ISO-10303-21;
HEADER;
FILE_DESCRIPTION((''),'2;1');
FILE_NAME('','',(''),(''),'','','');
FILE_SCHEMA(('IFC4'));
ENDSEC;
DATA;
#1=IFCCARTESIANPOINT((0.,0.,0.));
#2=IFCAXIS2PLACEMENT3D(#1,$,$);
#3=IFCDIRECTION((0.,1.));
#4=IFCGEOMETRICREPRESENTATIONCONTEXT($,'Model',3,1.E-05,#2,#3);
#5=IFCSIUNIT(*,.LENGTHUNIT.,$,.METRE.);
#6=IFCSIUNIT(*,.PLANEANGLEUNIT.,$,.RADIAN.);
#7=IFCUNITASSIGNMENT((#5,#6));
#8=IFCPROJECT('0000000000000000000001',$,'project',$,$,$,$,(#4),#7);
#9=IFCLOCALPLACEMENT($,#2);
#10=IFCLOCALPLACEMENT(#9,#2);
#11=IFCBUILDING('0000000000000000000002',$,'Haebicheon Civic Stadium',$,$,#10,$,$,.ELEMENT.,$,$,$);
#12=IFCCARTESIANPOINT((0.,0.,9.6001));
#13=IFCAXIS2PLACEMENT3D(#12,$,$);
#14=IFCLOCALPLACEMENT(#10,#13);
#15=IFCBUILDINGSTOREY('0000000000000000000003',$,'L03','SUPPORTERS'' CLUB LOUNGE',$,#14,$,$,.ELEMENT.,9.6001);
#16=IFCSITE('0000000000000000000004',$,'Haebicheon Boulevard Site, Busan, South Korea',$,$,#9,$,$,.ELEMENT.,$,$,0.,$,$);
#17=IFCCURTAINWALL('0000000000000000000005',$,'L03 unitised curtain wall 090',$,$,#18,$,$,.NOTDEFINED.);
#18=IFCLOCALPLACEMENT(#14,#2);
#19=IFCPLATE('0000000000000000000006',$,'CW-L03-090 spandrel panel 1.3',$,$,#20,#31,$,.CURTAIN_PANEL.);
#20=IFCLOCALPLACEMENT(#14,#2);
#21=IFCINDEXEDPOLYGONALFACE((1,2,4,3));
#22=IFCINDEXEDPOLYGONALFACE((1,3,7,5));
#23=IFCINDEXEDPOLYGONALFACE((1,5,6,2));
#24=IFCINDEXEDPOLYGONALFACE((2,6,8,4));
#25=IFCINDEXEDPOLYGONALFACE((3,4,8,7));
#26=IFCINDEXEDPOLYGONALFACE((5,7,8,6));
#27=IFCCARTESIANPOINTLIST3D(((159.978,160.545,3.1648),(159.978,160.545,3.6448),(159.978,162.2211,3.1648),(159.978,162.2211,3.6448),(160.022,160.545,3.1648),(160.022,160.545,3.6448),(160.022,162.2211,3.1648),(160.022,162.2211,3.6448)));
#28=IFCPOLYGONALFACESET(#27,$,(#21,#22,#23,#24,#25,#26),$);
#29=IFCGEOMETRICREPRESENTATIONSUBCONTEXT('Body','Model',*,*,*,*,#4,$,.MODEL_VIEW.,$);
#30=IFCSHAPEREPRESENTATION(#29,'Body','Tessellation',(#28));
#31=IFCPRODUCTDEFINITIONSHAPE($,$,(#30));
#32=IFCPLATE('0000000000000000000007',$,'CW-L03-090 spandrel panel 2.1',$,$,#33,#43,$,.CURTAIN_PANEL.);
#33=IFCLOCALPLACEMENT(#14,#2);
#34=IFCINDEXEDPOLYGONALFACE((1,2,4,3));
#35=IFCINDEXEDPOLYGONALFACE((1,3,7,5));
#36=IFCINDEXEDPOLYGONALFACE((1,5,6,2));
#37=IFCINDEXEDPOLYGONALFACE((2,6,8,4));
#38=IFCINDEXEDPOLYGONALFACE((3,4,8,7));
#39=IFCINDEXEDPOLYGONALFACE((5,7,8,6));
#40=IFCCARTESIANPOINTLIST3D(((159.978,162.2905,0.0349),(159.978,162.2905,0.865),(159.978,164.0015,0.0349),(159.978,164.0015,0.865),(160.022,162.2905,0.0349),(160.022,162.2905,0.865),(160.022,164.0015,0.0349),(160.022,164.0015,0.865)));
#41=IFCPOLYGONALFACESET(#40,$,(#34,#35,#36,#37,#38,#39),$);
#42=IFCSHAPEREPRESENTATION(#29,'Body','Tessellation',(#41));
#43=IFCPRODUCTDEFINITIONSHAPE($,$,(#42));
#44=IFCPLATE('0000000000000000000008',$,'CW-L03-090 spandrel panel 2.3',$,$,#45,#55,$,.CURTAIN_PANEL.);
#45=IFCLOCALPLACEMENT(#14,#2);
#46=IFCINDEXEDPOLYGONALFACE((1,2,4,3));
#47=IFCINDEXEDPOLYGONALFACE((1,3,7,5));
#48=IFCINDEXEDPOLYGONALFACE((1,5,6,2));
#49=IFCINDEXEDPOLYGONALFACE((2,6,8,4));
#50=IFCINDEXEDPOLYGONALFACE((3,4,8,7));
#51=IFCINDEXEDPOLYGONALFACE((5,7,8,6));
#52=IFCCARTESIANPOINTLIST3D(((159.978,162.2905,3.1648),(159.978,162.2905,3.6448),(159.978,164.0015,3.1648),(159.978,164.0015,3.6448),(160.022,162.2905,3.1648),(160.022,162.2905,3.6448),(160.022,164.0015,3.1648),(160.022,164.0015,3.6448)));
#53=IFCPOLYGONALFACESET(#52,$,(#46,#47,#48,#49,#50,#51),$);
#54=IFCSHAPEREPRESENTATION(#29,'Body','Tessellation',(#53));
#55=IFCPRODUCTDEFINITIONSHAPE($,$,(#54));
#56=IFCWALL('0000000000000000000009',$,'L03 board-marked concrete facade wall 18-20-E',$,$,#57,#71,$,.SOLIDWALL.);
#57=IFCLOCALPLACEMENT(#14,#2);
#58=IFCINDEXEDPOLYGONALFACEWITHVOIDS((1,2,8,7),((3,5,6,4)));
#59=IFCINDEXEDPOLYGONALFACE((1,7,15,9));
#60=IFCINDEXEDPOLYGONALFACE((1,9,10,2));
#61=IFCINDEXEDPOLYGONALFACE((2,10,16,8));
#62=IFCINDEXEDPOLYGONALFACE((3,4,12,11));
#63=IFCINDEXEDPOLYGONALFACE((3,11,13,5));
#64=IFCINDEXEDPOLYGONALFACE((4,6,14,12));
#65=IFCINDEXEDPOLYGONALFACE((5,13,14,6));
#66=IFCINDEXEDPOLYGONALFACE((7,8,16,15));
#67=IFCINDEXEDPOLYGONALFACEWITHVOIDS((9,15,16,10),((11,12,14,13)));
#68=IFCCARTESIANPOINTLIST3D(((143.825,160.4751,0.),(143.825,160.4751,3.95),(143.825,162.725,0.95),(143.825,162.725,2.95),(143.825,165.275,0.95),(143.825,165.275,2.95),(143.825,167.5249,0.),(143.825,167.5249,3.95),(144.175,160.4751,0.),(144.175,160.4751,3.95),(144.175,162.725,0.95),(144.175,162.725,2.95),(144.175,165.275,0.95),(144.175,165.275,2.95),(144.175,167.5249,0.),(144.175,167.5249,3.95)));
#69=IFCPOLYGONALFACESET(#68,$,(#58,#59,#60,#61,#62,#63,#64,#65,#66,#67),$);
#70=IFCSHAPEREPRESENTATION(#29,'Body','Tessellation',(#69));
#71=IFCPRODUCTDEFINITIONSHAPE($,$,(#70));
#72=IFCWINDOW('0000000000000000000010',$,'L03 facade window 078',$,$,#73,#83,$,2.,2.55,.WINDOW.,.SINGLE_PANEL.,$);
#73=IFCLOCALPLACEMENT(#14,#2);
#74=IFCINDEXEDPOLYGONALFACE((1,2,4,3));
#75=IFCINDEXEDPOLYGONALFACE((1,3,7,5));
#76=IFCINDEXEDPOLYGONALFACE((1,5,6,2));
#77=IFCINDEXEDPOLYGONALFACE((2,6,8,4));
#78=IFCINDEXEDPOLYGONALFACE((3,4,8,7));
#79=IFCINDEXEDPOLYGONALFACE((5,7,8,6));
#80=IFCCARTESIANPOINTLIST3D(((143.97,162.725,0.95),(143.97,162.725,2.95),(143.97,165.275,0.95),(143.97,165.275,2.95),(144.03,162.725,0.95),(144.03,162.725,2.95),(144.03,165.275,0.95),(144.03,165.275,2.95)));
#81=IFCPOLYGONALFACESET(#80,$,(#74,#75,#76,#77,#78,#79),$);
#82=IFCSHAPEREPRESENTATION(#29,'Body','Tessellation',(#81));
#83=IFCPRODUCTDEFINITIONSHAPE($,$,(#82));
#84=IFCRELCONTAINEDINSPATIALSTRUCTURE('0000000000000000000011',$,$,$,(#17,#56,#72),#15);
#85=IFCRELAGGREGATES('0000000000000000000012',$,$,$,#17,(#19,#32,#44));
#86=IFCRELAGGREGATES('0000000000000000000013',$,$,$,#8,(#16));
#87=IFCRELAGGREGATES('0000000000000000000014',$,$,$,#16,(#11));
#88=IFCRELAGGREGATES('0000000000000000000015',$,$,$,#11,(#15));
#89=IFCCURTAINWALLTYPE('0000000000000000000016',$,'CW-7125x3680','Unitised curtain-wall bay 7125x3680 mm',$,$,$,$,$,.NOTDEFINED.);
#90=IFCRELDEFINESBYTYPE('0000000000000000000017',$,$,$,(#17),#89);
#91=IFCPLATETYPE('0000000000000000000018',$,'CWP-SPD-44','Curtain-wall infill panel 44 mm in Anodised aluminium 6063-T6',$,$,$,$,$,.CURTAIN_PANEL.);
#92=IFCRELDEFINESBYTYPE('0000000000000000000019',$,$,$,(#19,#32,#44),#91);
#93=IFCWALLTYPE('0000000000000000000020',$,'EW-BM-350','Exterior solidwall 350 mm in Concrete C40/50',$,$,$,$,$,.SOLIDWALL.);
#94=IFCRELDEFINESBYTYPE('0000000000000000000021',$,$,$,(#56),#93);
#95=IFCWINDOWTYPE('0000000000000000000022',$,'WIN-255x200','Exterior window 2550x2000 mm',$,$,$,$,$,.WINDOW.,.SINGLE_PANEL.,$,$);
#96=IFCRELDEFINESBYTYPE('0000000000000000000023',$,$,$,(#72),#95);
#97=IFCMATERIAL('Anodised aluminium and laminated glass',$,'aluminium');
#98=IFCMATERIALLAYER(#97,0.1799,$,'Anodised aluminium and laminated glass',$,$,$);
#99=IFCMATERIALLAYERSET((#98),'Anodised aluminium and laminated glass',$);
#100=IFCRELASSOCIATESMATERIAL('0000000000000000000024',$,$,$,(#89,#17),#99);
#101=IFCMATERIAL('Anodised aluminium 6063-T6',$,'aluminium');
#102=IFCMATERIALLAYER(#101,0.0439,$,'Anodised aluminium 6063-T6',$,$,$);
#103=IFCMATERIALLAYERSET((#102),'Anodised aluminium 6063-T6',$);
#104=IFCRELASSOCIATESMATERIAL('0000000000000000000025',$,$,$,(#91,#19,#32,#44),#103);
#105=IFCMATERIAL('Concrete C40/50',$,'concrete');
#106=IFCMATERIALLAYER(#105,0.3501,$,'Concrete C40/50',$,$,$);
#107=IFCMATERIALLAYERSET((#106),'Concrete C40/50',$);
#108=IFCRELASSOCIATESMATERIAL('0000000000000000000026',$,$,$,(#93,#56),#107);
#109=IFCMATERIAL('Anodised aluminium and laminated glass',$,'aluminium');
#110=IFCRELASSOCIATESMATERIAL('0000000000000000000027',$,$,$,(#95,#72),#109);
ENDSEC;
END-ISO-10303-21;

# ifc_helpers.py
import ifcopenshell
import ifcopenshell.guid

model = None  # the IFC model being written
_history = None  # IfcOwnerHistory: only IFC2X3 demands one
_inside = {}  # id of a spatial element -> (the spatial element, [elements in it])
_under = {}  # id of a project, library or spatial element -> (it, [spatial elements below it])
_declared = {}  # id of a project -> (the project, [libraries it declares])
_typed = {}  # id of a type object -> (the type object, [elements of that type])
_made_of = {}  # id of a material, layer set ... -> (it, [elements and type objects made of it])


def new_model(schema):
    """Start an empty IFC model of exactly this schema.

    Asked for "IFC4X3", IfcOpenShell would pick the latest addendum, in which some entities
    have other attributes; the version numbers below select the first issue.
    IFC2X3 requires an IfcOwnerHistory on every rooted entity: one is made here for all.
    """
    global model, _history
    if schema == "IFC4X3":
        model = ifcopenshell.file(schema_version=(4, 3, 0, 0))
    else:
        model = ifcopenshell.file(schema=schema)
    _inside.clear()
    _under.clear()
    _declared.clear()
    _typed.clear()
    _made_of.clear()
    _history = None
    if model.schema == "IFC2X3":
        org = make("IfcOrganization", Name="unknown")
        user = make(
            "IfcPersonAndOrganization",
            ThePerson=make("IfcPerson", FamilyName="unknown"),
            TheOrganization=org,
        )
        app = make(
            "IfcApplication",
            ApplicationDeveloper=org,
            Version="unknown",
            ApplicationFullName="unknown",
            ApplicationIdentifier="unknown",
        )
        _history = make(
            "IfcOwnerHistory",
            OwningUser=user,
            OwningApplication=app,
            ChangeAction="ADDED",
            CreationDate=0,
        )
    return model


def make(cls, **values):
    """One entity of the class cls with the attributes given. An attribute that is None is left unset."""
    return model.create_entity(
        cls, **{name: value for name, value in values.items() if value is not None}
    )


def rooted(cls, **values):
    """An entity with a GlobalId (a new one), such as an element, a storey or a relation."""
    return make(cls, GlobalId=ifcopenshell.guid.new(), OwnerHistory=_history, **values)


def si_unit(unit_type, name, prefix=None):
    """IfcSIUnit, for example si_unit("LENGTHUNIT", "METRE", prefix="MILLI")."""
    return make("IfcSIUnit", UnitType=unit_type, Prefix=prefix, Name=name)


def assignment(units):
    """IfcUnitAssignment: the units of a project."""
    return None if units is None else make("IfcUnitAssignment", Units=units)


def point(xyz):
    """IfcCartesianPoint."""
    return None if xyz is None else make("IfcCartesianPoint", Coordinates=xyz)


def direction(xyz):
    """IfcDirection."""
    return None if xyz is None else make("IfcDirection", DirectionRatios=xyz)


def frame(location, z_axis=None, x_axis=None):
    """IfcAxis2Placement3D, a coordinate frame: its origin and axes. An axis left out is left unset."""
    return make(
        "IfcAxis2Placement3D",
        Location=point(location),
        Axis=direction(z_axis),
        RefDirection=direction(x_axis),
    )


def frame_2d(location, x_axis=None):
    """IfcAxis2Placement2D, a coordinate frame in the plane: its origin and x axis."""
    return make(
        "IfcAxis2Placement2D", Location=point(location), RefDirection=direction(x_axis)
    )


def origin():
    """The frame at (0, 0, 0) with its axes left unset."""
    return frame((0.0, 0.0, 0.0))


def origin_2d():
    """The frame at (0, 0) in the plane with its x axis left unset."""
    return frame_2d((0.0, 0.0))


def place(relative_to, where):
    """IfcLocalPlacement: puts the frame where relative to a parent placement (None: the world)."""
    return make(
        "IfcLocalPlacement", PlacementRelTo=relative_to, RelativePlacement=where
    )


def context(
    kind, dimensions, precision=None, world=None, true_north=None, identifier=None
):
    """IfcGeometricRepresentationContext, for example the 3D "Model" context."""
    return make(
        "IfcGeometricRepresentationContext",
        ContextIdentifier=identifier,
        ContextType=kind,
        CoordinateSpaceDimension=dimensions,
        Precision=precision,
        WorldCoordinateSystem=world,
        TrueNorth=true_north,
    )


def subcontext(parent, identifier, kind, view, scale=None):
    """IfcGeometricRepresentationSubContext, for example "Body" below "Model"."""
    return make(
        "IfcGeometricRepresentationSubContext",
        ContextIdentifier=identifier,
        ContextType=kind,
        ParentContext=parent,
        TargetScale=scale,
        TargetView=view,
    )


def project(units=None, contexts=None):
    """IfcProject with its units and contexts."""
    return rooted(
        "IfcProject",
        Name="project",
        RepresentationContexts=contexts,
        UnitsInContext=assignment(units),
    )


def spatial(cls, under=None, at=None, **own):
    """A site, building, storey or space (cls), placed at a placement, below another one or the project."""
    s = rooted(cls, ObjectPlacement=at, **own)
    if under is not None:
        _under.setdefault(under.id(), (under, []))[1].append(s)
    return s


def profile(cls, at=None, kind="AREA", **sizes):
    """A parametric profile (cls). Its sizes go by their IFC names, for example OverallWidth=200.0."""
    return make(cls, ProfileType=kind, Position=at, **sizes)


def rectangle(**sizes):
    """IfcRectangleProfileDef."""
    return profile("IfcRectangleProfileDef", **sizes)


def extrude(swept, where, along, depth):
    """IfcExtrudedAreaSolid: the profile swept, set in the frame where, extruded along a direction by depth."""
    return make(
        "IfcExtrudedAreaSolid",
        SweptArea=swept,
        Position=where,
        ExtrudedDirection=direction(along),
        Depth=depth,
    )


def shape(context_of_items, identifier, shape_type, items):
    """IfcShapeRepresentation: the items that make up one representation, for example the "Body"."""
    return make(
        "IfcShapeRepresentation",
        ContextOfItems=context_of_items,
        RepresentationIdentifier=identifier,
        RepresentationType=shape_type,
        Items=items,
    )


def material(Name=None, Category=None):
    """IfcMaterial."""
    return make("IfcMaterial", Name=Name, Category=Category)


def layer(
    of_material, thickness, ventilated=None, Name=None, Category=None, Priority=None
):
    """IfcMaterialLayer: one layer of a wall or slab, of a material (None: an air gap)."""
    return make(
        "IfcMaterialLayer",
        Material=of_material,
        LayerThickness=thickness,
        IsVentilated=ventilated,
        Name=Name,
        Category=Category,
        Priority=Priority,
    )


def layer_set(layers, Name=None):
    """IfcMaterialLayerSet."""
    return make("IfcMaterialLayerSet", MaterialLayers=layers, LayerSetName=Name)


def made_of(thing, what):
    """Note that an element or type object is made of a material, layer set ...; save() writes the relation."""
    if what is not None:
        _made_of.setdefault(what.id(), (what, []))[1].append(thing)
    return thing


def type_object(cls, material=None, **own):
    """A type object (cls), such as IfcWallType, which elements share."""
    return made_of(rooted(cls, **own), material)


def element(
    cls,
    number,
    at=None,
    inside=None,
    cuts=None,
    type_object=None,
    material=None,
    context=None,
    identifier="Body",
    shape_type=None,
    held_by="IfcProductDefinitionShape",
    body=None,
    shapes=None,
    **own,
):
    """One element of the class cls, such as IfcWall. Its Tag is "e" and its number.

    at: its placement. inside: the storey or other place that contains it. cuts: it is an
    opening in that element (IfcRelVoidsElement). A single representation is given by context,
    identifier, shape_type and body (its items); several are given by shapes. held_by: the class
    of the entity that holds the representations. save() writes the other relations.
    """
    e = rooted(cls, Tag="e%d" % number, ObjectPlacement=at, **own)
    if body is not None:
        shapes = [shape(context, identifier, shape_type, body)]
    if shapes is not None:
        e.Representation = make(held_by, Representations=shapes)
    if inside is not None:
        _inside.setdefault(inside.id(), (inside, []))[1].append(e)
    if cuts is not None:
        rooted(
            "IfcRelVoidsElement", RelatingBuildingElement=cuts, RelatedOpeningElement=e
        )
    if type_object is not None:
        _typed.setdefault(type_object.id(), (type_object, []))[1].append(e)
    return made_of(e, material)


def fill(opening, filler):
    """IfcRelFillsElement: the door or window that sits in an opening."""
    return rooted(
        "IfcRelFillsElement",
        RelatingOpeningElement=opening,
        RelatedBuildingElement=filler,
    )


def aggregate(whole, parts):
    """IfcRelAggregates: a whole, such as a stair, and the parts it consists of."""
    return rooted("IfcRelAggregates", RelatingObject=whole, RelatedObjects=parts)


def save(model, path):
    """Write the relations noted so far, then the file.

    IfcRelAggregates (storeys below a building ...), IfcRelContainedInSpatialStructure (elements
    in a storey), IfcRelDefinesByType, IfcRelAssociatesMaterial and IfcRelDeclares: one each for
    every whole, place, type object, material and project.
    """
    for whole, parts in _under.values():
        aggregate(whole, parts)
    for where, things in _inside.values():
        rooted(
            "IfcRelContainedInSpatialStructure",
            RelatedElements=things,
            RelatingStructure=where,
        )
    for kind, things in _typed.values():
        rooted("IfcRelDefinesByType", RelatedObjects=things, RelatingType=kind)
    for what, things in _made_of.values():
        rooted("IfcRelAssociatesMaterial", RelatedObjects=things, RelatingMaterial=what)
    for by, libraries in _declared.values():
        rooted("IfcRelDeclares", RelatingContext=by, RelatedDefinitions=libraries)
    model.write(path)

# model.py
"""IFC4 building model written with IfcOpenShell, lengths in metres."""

from ifc_helpers import new_model, si_unit, direction, frame, frame_2d, origin, origin_2d, place, context, subcontext, project, spatial, rectangle, extrude, material, layer, layer_set, type_object, element, fill, aggregate, save


model = new_model("IFC4")

# Units and contexts
model_context = context("Model", 3, precision=1e-05, world=origin(), true_north=direction((0.0, 1.0)))
body_context = subcontext(model_context, "Body", "Model", "MODEL_VIEW")
ifc_project = project(units=[si_unit("LENGTHUNIT", "METRE"), si_unit("PLANEANGLEUNIT", "RADIAN")], contexts=[model_context])

# Site, building, storey
site_placement = place(None, origin())
site = spatial("IfcSite", under=ifc_project, at=site_placement, Name="Haebicheon Boulevard Site, Busan, South Korea", CompositionType="ELEMENT", RefElevation=0.0)
building_placement = place(site_placement, origin())
building = spatial("IfcBuilding", under=site, at=building_placement, Name="Haebicheon Civic Stadium", CompositionType="ELEMENT")
storey_placement = place(building_placement, frame((0.0, 0.0, 9.6001)))
storey = spatial("IfcBuildingStorey", under=building, at=storey_placement, Name="L03", Description="SUPPORTERS' CLUB LOUNGE", CompositionType="ELEMENT", Elevation=9.6001)

# Curtain wall
ifc_material_1 = material(Name="Anodised aluminium and laminated glass", Category="aluminium")
ifc_layer_1 = layer(ifc_material_1, 0.1799, Name="Anodised aluminium and laminated glass")
ifc_layer_set_1 = layer_set([ifc_layer_1], Name="Anodised aluminium and laminated glass")
curtain_wall_type_1 = type_object("IfcCurtainWallType", Name="CW-7125x3680", Description="Unitised curtain-wall bay 7125x3680 mm", PredefinedType="NOTDEFINED", material=ifc_layer_set_1)
curtain_wall_1_placement = place(storey_placement, origin())
curtain_wall_1 = element("IfcCurtainWall", 1, at=curtain_wall_1_placement, inside=storey, type_object=curtain_wall_type_1, material=ifc_layer_set_1, Name="L03 unitised curtain wall 090", PredefinedType="NOTDEFINED")

# Plates
ifc_material_2 = material(Name="Anodised aluminium 6063-T6", Category="aluminium")
ifc_layer_2 = layer(ifc_material_2, 0.0439, Name="Anodised aluminium 6063-T6")
ifc_layer_set_2 = layer_set([ifc_layer_2], Name="Anodised aluminium 6063-T6")
plate_type_1 = type_object("IfcPlateType", Name="CWP-SPD-44", Description="Curtain-wall infill panel 44 mm in Anodised aluminium 6063-T6", PredefinedType="CURTAIN_PANEL", material=ifc_layer_set_2)
plate_1_placement = place(storey_placement, frame((160.0, 161.3831, 3.1648), z_axis=(0.0, 0.0, 1.0), x_axis=(0.0, 1.0, 0.0)))
plate_1 = element("IfcPlate", 2, at=plate_1_placement, type_object=plate_type_1, material=ifc_layer_set_2, Name="CW-L03-090 spandrel panel 1.3", PredefinedType="CURTAIN_PANEL", context=body_context, shape_type="SweptSolid", body=[
    extrude(rectangle(XDim=1.676, YDim=0.0439, at=origin_2d()), origin(), (0.0, 0.0, 1.0), 0.48),
])
plate_2_placement = place(storey_placement, frame((160.0, 163.146, 0.0349), z_axis=(0.0, 0.0, 1.0), x_axis=(0.0, 1.0, 0.0)))
plate_2 = element("IfcPlate", 3, at=plate_2_placement, type_object=plate_type_1, material=ifc_layer_set_2, Name="CW-L03-090 spandrel panel 2.1", PredefinedType="CURTAIN_PANEL", context=body_context, shape_type="SweptSolid", body=[
    extrude(rectangle(XDim=1.7109, YDim=0.0439, at=origin_2d()), origin(), (0.0, 0.0, 1.0), 0.8301),
])
plate_3_placement = place(storey_placement, frame((160.0, 163.146, 3.1648), z_axis=(0.0, 0.0, 1.0), x_axis=(0.0, 1.0, 0.0)))
plate_3 = element("IfcPlate", 4, at=plate_3_placement, type_object=plate_type_1, material=ifc_layer_set_2, Name="CW-L03-090 spandrel panel 2.3", PredefinedType="CURTAIN_PANEL", context=body_context, shape_type="SweptSolid", body=[
    extrude(rectangle(XDim=1.7109, YDim=0.0439, at=origin_2d()), origin(), (0.0, 0.0, 1.0), 0.48),
])
aggregate(curtain_wall_1, [plate_1, plate_2, plate_3])

# Wall, opening, window
ifc_material_3 = material(Name="Concrete C40/50", Category="concrete")
ifc_layer_3 = layer(ifc_material_3, 0.3501, Name="Concrete C40/50")
ifc_layer_set_3 = layer_set([ifc_layer_3], Name="Concrete C40/50")
wall_type = type_object("IfcWallType", Name="EW-BM-350", Description="Exterior solidwall 350 mm in Concrete C40/50", PredefinedType="SOLIDWALL", material=ifc_layer_set_3)
wall_placement = place(storey_placement, frame((144.0, 160.4751, 0.0), z_axis=(0.0, 0.0, 1.0), x_axis=(0.0, 1.0, 0.0)))
wall = element("IfcWall", 5, at=wall_placement, inside=storey, type_object=wall_type, material=ifc_layer_set_3, Name="L03 board-marked concrete facade wall 18-20-E", PredefinedType="SOLIDWALL", context=body_context, shape_type="SweptSolid", body=[
    extrude(rectangle(XDim=7.0498, YDim=0.3501, at=frame_2d((3.5249, 0.0))), origin(), (0.0, 0.0, 1.0), 3.95),
])
opening_placement = place(wall_placement, frame((2.25, 0.0, 0.95)))
opening = element("IfcOpeningElement", 6, at=opening_placement, cuts=wall, PredefinedType="OPENING", context=body_context, shape_type="SweptSolid", body=[
    extrude(rectangle(XDim=2.55, YDim=2.0, at=frame_2d((1.2749, 1.0))), frame((0.0, 0.1851, 0.0), z_axis=(0.0, -1.0, 0.0), x_axis=(1.0, 0.0, 0.0)), (0.0, 0.0, 1.0), 0.3701),
])
ifc_material_4 = material(Name="Anodised aluminium and laminated glass", Category="aluminium")
window_type = type_object("IfcWindowType", Name="WIN-255x200", Description="Exterior window 2550x2000 mm", PartitioningType="SINGLE_PANEL", PredefinedType="WINDOW", material=ifc_material_4)
window_placement = place(opening_placement, origin())
window = element("IfcWindow", 7, at=window_placement, inside=storey, type_object=window_type, material=ifc_material_4, Name="L03 facade window 078", OverallHeight=2.0, OverallWidth=2.55, PartitioningType="SINGLE_PANEL", PredefinedType="WINDOW", context=body_context, shape_type="SweptSolid", body=[
    extrude(rectangle(XDim=2.55, YDim=2.0, at=frame_2d((1.2749, 1.0))), frame((0.0, 0.03, 0.0), z_axis=(0.0, -1.0, 0.0), x_axis=(1.0, 0.0, 0.0)), (0.0, 0.0, 1.0), 0.0601),
])
fill(opening, window)

save(model, "model.ifc")
